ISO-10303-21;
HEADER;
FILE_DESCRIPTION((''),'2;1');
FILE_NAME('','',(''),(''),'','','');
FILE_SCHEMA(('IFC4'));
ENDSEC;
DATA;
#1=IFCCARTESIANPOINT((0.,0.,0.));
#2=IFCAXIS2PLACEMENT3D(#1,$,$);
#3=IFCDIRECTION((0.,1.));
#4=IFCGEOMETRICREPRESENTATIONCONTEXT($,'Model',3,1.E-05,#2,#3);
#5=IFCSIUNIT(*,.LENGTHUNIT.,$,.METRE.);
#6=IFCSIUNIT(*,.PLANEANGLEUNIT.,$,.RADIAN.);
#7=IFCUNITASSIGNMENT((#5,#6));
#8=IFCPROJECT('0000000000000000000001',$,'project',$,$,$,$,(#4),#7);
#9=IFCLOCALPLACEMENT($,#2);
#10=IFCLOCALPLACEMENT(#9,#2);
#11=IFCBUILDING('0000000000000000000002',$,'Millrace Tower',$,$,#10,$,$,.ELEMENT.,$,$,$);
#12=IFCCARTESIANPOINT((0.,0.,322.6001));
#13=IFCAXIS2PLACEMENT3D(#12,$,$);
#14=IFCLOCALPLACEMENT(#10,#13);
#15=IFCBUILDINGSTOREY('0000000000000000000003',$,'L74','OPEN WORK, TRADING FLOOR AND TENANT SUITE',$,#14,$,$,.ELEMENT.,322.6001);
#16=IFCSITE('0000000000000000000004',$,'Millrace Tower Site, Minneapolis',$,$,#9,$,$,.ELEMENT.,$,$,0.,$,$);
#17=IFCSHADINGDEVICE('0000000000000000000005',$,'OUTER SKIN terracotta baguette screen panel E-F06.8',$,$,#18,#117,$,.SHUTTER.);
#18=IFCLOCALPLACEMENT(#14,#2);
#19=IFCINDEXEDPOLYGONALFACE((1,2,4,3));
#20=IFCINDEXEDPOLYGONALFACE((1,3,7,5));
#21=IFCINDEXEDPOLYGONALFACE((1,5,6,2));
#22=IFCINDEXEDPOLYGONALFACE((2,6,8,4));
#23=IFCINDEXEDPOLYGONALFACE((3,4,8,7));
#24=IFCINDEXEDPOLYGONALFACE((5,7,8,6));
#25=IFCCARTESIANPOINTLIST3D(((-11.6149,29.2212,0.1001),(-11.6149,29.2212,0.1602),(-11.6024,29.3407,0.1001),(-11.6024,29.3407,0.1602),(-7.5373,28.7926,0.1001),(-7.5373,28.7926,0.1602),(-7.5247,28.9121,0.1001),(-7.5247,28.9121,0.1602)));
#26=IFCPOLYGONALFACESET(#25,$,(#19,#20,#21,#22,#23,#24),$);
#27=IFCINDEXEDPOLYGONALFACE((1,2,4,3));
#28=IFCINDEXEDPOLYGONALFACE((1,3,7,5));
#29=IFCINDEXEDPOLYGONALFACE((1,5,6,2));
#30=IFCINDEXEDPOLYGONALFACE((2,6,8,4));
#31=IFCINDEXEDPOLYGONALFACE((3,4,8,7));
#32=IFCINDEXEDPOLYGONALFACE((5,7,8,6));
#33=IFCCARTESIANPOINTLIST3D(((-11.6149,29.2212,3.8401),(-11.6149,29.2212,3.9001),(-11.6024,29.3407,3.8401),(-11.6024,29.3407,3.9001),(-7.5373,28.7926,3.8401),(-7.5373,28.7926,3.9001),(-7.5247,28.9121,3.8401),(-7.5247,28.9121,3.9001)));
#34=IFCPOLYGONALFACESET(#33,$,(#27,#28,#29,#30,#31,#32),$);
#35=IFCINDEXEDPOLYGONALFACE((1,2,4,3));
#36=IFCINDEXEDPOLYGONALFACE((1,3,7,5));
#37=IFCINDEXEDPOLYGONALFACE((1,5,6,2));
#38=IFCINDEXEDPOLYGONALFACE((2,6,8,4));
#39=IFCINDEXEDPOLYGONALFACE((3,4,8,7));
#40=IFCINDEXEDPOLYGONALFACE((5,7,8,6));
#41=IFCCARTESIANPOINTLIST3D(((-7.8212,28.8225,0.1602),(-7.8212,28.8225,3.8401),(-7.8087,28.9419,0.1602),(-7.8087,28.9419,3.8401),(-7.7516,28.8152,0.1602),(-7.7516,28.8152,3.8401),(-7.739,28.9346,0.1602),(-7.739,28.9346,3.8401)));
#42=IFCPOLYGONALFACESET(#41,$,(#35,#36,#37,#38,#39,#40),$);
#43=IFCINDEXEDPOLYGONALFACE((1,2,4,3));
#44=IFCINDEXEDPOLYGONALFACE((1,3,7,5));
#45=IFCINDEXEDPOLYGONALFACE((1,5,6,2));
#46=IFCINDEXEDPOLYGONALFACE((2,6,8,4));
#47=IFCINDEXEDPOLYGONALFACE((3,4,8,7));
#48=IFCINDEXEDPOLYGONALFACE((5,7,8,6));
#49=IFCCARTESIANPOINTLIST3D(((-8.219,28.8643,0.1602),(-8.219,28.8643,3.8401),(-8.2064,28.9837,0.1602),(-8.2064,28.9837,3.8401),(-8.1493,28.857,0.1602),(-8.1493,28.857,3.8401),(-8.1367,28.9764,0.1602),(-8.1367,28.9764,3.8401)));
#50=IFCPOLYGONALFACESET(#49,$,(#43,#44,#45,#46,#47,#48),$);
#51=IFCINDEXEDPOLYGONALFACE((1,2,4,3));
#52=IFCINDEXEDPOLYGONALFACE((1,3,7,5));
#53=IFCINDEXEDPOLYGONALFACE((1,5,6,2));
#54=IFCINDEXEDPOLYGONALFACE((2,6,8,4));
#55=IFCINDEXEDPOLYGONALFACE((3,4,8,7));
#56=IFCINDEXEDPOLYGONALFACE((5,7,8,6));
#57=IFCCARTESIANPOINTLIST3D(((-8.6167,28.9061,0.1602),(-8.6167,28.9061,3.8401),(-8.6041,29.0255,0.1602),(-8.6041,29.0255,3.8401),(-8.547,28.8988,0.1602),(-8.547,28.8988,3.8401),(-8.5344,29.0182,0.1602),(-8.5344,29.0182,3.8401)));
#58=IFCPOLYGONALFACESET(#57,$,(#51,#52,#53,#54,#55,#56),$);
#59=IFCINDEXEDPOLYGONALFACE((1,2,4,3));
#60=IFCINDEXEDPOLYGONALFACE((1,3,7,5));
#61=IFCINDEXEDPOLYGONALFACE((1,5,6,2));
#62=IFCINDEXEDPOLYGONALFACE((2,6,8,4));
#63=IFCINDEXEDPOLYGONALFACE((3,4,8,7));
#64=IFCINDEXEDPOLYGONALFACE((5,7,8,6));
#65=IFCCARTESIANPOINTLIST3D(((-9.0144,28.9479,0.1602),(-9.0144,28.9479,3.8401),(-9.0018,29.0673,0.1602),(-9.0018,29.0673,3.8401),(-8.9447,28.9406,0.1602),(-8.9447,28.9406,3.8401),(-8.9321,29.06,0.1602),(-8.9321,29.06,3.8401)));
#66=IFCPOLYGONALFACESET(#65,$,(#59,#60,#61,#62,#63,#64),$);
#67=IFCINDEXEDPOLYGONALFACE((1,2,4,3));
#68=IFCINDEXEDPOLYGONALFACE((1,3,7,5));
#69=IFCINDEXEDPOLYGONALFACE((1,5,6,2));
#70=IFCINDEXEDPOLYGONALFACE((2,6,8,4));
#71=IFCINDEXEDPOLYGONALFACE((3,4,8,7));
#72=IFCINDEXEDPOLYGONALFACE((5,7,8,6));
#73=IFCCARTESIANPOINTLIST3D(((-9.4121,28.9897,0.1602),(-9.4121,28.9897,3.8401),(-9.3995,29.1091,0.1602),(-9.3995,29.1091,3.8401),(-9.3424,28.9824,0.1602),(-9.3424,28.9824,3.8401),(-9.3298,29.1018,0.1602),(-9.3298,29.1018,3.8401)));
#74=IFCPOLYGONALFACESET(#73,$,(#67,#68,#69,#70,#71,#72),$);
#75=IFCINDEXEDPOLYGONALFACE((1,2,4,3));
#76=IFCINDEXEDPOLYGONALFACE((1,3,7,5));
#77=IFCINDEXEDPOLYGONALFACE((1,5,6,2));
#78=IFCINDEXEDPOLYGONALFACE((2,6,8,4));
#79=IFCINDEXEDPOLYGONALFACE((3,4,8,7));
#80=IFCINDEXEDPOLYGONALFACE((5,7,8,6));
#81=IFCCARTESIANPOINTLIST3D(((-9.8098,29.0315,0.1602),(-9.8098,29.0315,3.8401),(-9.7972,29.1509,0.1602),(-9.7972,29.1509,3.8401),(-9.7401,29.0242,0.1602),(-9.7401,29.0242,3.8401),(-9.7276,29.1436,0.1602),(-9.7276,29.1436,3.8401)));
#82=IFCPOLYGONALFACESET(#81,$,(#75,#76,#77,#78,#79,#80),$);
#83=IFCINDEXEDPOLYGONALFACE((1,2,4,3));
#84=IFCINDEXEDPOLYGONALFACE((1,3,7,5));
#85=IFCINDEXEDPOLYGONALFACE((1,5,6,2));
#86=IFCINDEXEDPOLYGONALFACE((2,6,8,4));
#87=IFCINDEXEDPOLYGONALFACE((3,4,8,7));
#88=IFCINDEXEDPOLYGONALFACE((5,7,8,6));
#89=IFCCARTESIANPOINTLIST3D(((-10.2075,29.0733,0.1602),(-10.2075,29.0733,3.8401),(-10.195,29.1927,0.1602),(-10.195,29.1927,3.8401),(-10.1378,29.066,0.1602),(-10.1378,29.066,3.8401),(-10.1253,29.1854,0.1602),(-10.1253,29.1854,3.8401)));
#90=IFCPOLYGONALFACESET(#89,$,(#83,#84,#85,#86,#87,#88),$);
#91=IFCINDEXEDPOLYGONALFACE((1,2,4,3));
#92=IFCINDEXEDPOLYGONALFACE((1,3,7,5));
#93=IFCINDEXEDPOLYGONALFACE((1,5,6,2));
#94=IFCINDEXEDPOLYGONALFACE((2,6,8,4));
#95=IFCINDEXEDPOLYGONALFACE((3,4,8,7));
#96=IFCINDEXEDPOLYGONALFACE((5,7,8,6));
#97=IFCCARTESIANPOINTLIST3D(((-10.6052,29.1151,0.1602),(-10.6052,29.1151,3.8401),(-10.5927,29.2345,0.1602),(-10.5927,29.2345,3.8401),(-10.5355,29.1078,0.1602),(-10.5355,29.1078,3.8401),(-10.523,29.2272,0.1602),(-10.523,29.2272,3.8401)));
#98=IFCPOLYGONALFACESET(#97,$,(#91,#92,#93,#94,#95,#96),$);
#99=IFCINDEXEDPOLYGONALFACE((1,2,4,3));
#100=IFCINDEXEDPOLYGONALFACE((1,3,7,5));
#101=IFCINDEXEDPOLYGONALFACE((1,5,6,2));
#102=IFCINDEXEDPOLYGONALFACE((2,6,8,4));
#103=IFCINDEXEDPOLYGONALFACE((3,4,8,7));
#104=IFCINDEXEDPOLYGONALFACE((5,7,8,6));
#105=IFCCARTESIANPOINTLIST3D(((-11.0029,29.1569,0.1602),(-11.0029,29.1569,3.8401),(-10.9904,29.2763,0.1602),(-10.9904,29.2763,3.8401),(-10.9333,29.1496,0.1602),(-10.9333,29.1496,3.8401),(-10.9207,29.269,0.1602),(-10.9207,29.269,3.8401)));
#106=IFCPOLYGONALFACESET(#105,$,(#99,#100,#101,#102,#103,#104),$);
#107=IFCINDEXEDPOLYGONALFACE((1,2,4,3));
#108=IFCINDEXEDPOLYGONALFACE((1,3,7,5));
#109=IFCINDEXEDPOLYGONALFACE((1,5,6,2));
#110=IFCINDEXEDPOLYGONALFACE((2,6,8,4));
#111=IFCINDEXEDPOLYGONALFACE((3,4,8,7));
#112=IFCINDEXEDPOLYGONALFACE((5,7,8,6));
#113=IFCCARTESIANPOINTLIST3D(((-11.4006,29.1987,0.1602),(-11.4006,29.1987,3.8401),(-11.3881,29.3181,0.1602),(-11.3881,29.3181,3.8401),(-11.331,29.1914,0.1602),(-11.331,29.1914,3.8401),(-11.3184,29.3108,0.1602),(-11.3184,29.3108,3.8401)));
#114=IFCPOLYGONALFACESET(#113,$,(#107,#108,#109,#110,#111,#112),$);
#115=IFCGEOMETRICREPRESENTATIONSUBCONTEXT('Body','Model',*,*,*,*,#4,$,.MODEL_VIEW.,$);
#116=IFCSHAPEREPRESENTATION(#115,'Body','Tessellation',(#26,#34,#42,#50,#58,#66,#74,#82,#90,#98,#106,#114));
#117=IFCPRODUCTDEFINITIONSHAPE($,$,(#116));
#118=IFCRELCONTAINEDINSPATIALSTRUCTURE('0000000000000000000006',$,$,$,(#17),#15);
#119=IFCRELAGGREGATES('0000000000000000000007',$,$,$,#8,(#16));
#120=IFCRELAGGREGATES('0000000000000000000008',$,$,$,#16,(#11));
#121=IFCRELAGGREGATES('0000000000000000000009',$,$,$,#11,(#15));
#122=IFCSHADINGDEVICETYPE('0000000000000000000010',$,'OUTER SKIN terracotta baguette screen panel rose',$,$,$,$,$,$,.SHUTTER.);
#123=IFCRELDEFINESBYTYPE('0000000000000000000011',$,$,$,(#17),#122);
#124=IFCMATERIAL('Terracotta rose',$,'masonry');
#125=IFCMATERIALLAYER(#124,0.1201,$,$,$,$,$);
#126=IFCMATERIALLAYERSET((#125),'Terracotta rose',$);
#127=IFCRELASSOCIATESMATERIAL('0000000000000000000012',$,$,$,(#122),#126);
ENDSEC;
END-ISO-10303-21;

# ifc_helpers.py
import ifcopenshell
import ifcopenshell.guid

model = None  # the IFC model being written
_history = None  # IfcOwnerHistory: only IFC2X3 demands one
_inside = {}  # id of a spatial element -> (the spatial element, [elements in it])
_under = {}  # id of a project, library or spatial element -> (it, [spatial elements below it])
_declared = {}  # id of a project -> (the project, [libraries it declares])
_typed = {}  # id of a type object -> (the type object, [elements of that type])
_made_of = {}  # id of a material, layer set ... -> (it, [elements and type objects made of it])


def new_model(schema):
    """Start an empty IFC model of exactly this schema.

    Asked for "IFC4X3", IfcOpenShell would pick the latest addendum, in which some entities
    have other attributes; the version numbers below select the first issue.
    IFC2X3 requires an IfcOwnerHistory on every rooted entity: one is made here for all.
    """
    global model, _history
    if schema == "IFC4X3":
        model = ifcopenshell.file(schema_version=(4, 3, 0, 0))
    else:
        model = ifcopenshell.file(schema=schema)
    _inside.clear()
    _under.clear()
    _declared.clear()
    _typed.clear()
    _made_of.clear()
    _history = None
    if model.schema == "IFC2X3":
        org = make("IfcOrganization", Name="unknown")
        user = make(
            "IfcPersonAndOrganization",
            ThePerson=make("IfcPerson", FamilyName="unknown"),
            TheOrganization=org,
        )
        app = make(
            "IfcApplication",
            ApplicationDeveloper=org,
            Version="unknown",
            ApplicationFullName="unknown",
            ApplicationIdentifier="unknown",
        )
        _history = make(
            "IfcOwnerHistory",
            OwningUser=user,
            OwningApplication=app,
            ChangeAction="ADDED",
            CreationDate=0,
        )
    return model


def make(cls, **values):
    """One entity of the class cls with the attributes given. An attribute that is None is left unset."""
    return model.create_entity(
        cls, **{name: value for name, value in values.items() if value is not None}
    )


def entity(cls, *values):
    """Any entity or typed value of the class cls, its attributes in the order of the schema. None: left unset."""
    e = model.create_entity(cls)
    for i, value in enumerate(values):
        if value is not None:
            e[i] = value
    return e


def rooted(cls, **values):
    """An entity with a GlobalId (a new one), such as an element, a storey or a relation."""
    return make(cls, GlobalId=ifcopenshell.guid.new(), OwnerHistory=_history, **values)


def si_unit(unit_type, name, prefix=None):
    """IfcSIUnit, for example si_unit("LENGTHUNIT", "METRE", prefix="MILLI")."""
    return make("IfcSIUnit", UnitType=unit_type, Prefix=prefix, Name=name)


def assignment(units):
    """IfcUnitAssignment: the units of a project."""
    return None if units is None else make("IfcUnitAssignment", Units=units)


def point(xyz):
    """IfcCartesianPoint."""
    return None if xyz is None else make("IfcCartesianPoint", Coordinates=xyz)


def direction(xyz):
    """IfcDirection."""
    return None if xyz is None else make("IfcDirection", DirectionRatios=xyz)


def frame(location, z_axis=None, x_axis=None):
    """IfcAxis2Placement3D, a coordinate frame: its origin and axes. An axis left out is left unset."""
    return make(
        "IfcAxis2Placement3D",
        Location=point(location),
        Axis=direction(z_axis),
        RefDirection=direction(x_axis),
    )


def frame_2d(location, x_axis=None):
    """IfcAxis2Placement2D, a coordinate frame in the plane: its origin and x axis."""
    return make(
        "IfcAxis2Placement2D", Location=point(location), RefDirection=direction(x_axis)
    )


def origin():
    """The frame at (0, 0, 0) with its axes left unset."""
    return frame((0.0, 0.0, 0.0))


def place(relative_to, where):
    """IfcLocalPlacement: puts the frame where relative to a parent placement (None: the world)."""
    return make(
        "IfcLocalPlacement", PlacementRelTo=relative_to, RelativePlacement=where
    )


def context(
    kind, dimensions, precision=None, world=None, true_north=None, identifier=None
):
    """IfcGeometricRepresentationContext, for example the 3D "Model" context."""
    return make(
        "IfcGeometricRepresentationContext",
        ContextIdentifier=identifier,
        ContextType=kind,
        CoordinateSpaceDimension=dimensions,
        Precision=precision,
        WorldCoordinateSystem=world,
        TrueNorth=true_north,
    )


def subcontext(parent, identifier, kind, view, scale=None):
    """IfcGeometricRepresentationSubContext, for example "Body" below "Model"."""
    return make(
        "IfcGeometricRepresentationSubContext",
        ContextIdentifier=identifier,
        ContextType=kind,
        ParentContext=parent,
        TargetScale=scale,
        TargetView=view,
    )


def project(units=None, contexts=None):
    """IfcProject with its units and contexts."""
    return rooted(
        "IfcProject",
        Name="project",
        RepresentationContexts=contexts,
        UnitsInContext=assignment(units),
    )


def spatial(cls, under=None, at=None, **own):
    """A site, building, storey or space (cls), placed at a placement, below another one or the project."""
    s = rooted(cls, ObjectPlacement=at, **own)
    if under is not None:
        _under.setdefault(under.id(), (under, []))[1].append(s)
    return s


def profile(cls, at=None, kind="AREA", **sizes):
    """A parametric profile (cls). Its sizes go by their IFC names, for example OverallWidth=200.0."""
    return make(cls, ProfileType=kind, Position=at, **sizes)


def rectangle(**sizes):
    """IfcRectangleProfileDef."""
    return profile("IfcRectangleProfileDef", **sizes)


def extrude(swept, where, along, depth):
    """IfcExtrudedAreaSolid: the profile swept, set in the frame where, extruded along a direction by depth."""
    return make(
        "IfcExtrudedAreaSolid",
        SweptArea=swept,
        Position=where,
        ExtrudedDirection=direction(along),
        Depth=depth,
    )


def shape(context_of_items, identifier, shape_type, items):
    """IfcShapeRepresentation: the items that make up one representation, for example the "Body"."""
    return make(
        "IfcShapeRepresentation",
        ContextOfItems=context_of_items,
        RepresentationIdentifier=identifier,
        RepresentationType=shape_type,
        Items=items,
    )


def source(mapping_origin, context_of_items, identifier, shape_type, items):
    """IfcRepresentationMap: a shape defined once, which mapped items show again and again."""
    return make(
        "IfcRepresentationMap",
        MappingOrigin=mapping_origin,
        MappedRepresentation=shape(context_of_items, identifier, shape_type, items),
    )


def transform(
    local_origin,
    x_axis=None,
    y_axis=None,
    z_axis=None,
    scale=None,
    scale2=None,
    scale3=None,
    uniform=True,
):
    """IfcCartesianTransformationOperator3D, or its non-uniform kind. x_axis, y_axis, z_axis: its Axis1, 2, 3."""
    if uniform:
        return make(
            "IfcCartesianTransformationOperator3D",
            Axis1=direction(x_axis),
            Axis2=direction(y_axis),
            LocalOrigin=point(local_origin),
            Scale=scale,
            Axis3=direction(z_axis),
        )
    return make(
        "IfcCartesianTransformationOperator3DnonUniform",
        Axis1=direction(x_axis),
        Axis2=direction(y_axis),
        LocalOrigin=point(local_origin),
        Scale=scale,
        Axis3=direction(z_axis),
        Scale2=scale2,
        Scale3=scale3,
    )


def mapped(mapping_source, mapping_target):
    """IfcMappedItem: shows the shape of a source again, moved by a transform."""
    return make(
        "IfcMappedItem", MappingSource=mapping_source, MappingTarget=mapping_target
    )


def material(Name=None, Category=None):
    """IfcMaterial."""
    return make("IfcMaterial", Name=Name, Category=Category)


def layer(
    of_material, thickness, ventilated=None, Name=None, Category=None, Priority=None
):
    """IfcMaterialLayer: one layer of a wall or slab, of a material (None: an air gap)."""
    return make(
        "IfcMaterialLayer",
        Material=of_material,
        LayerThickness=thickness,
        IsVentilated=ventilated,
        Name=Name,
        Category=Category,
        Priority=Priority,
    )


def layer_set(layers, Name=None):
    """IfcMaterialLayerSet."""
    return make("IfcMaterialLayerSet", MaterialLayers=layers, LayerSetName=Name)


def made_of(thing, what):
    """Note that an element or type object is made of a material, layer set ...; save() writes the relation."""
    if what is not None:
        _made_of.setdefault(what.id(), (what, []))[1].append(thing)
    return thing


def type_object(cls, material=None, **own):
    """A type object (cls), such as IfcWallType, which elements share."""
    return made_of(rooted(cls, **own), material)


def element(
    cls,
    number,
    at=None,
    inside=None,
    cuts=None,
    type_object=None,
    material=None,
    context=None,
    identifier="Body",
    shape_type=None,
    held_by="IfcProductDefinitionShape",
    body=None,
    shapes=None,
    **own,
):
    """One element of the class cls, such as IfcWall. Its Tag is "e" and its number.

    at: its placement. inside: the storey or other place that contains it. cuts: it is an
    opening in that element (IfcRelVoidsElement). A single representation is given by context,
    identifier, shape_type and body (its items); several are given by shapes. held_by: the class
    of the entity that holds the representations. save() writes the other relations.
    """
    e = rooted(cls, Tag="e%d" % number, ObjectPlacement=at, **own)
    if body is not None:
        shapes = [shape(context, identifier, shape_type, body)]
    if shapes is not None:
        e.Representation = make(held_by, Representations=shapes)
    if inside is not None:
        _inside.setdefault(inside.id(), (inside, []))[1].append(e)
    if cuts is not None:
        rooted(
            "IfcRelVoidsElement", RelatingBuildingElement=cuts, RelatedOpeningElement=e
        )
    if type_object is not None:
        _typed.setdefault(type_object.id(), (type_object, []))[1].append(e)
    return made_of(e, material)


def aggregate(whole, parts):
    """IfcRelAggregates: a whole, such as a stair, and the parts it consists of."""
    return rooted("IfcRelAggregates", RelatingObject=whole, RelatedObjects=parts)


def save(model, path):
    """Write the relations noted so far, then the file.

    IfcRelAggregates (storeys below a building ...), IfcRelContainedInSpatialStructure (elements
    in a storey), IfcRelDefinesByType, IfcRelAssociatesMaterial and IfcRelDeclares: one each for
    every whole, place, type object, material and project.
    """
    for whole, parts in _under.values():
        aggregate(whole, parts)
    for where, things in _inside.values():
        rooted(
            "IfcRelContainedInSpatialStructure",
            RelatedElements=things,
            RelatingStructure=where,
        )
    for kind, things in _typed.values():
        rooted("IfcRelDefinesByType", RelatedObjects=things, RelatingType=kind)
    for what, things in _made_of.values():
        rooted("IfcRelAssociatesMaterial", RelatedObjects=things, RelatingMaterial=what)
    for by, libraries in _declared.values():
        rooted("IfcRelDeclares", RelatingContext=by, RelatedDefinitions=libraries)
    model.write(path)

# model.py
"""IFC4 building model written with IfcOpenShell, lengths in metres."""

from ifc_helpers import new_model, entity, si_unit, direction, frame, frame_2d, origin, place, context, subcontext, project, spatial, rectangle, extrude, source, transform, mapped, material, layer, layer_set, type_object, element, save


model = new_model("IFC4")

# Units and contexts
model_context = context("Model", 3, precision=1e-05, world=origin(), true_north=direction((0.0, 1.0)))
body_context = subcontext(model_context, "Body", "Model", "MODEL_VIEW")
ifc_project = project(units=[si_unit("LENGTHUNIT", "METRE"), si_unit("PLANEANGLEUNIT", "RADIAN")], contexts=[model_context])

# Site, building, storey
site_placement = place(None, origin())
site = spatial("IfcSite", under=ifc_project, at=site_placement, Name="Millrace Tower Site, Minneapolis", CompositionType="ELEMENT", RefElevation=0.0)
building_placement = place(site_placement, origin())
building = spatial("IfcBuilding", under=site, at=building_placement, Name="Millrace Tower", CompositionType="ELEMENT")
storey_placement = place(building_placement, frame((0.0, 0.0, 322.6001)))
storey = spatial("IfcBuildingStorey", under=building, at=storey_placement, Name="L74", Description="OPEN WORK, TRADING FLOOR AND TENANT SUITE", CompositionType="ELEMENT", Elevation=322.6001)

# Shading device
ifc_material_1 = material(Name="Terracotta rose", Category="masonry")
ifc_layer_1 = layer(ifc_material_1, 0.1201)
ifc_layer_set_1 = layer_set([ifc_layer_1], Name="Terracotta rose")
shading_device_type = type_object("IfcShadingDeviceType", Name="OUTER SKIN terracotta baguette screen panel rose", PredefinedType="SHUTTER", material=ifc_layer_set_1)
cartesian_point_1 = entity("IfcCartesianPoint", [-2.05, 0.0601])
shared_polyline_1 = entity("IfcPolyline", [cartesian_point_1, entity("IfcCartesianPoint", [2.05, 0.0601]), entity("IfcCartesianPoint", [2.05, -0.0601]), entity("IfcCartesianPoint", [-2.05, -0.0601]), cartesian_point_1])
shared_shape_1 = source(origin(), body_context, "Body", "SweptSolid", [
    entity("IfcExtrudedAreaSolid", entity("IfcArbitraryClosedProfileDef", "AREA", None, shared_polyline_1), entity("IfcAxis2Placement3D", entity("IfcCartesianPoint", [0.0, 0.0, 0.0])), entity("IfcDirection", [0.0, 0.0, 1.0]), 0.0601),
    entity("IfcExtrudedAreaSolid", entity("IfcArbitraryClosedProfileDef", "AREA", None, shared_polyline_1), entity("IfcAxis2Placement3D", entity("IfcCartesianPoint", [0.0, 0.0, 3.74])), entity("IfcDirection", [0.0, 0.0, 1.0]), 0.0601),
    extrude(rectangle(XDim=0.0701, YDim=0.1201, at=frame_2d((-1.7996, 0.0))), frame((0.0, 0.0, 0.0601)), (0.0, 0.0, 1.0), 3.6799),
    extrude(rectangle(XDim=0.0701, YDim=0.1201, at=frame_2d((-1.3997, 0.0))), frame((0.0, 0.0, 0.0601)), (0.0, 0.0, 1.0), 3.6799),
    extrude(rectangle(XDim=0.0701, YDim=0.1201, at=frame_2d((-0.9998, 0.0))), frame((0.0, 0.0, 0.0601)), (0.0, 0.0, 1.0), 3.6799),
    extrude(rectangle(XDim=0.0701, YDim=0.1201, at=frame_2d((-0.5999, 0.0))), frame((0.0, 0.0, 0.0601)), (0.0, 0.0, 1.0), 3.6799),
    extrude(rectangle(XDim=0.0701, YDim=0.1201, at=frame_2d((-0.2, 0.0))), frame((0.0, 0.0, 0.0601)), (0.0, 0.0, 1.0), 3.6799),
    extrude(rectangle(XDim=0.0701, YDim=0.1201, at=frame_2d((0.2, 0.0))), frame((0.0, 0.0, 0.0601)), (0.0, 0.0, 1.0), 3.6799),
    extrude(rectangle(XDim=0.0701, YDim=0.1201, at=frame_2d((0.5999, 0.0))), frame((0.0, 0.0, 0.0601)), (0.0, 0.0, 1.0), 3.6799),
    extrude(rectangle(XDim=0.0701, YDim=0.1201, at=frame_2d((0.9998, 0.0))), frame((0.0, 0.0, 0.0601)), (0.0, 0.0, 1.0), 3.6799),
    extrude(rectangle(XDim=0.0701, YDim=0.1201, at=frame_2d((1.3997, 0.0))), frame((0.0, 0.0, 0.0601)), (0.0, 0.0, 1.0), 3.6799),
    extrude(rectangle(XDim=0.0701, YDim=0.1201, at=frame_2d((1.7996, 0.0))), frame((0.0, 0.0, 0.0601)), (0.0, 0.0, 1.0), 3.6799),
])
for number, where, z_axis, x_axis, name in (
    (1, (-9.5698, 29.0667, 0.1001), (0.0, 0.0, 1.0), (-0.994522, 0.104528, 0.0), "OUTER SKIN terracotta baguette screen panel E-F06.8"),
):
    element("IfcShadingDevice", number, at=place(storey_placement, frame(where, z_axis=z_axis, x_axis=x_axis)), inside=storey, type_object=shading_device_type, Name=name, PredefinedType="SHUTTER", context=body_context, shape_type="MappedRepresentation", body=[
        mapped(shared_shape_1, transform((0.0, 0.0, 0.0), scale=1.0)),
    ])

save(model, "model.ifc")
